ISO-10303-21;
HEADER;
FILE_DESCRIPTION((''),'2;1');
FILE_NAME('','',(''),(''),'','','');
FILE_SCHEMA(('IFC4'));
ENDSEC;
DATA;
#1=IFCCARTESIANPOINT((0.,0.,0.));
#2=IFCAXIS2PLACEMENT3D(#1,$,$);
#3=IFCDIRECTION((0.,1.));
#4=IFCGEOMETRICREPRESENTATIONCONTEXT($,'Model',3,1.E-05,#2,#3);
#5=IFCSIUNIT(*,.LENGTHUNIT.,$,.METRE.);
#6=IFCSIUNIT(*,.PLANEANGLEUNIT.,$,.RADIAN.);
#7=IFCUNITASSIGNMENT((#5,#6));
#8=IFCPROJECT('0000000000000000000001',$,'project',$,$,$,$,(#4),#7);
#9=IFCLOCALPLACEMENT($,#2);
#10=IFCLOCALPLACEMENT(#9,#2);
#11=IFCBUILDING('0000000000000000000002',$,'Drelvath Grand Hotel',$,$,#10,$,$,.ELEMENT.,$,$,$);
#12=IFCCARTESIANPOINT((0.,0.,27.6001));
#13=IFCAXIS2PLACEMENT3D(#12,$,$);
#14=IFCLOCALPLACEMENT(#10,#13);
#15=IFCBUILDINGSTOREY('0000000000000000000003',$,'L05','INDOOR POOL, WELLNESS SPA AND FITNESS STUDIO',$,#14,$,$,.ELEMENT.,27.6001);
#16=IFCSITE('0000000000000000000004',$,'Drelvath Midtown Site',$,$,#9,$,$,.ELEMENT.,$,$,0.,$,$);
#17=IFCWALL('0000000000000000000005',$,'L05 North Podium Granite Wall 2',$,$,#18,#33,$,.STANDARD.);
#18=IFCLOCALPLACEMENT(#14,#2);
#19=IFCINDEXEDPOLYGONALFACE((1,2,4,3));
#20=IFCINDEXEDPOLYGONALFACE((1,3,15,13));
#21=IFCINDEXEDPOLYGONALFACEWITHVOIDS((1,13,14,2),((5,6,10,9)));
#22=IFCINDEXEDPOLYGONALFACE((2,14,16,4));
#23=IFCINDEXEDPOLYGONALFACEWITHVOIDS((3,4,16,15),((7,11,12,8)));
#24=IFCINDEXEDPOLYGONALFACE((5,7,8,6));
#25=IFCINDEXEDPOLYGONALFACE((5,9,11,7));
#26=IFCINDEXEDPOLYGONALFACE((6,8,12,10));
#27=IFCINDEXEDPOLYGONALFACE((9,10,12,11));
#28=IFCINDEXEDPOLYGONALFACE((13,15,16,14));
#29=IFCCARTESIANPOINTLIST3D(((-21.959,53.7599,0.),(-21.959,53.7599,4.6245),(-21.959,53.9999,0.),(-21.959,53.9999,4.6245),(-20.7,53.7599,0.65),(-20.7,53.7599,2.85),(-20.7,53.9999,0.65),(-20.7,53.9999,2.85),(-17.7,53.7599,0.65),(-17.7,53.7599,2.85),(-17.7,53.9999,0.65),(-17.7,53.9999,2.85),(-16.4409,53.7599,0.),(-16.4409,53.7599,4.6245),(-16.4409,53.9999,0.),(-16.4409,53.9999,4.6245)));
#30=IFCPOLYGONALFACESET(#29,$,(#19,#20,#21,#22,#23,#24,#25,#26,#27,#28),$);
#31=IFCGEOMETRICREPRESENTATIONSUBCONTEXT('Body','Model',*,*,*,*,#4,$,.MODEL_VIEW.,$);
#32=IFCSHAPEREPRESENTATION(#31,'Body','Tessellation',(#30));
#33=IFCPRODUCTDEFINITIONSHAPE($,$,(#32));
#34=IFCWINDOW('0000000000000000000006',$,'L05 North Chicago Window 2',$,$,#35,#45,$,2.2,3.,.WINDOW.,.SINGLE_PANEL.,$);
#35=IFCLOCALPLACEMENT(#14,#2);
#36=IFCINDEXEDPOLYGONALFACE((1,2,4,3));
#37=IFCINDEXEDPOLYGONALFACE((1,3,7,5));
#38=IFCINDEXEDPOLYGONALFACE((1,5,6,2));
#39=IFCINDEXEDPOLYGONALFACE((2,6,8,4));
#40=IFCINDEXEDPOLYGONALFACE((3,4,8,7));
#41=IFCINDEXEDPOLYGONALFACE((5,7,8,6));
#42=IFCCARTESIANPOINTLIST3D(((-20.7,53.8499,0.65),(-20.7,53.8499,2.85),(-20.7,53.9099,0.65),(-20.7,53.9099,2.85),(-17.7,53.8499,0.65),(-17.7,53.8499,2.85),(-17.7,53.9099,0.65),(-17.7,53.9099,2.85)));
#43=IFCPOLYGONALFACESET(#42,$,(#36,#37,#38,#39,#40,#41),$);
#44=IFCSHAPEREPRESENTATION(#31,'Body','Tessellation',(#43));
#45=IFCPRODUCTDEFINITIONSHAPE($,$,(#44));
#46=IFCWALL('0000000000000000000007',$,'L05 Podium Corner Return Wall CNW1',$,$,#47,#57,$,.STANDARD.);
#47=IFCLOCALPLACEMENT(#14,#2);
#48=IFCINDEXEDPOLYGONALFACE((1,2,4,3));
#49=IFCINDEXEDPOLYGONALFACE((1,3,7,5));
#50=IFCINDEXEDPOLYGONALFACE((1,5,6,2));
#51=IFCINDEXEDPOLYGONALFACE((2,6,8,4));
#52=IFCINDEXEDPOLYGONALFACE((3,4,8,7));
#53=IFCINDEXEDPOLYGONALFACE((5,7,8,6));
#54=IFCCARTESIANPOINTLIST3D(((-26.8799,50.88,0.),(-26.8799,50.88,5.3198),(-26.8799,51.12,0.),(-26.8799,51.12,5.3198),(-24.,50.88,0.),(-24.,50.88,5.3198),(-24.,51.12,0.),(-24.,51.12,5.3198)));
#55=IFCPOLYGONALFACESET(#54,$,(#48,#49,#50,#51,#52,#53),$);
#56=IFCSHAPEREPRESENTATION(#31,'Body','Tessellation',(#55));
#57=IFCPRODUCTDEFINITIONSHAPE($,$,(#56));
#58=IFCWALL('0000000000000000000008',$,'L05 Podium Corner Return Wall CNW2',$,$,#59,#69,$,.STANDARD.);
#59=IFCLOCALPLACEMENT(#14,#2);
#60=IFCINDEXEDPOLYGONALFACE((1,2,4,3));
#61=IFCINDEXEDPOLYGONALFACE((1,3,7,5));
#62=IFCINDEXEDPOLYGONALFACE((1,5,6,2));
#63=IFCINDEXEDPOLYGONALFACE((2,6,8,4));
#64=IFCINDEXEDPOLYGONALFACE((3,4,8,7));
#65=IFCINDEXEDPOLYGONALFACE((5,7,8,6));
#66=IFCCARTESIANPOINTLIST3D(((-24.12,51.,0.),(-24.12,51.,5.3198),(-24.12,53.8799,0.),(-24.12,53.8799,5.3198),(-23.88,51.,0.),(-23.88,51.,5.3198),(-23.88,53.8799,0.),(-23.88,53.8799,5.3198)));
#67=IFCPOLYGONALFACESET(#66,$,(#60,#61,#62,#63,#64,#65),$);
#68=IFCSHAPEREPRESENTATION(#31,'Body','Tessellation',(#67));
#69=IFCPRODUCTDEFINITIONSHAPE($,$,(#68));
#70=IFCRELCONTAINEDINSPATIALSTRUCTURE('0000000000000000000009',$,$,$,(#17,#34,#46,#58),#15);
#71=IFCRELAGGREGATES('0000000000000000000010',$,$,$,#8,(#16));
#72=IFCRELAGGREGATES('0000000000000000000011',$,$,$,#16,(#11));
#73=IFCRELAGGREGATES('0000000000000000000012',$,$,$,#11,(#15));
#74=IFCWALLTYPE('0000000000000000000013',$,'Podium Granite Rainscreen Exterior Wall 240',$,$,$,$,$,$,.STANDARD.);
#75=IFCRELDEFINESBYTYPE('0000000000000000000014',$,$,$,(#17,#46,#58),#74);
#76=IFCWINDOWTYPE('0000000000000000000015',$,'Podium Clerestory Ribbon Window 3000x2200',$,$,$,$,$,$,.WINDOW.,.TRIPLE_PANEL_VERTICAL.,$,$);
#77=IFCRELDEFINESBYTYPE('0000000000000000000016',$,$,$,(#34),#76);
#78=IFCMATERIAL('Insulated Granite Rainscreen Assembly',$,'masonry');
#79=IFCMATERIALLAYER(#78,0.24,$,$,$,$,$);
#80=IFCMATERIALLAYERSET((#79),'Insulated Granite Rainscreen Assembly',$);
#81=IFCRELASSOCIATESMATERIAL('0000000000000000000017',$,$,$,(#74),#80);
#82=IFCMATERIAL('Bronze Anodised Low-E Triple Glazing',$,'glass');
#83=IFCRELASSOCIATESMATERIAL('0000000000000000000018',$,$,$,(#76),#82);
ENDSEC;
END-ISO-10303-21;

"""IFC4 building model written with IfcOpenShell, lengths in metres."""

from ifc_helpers import new_model, si_unit, direction, frame, frame_2d, origin, place, context, subcontext, project, spatial, rectangle, extrude, material, layer, layer_set, type_object, element, fill, save


model = new_model("IFC4")

# Units and contexts
model_context = context("Model", 3, precision=1e-05, world=origin(), true_north=direction((0.0, 1.0)))
body_context = subcontext(model_context, "Body", "Model", "MODEL_VIEW")
ifc_project = project(units=[si_unit("LENGTHUNIT", "METRE"), si_unit("PLANEANGLEUNIT", "RADIAN")], contexts=[model_context])

# Site, building, storey
site_placement = place(None, origin())
site = spatial("IfcSite", under=ifc_project, at=site_placement, Name="Drelvath Midtown Site", CompositionType="ELEMENT", RefElevation=0.0)
building_placement = place(site_placement, origin())
building = spatial("IfcBuilding", under=site, at=building_placement, Name="Drelvath Grand Hotel", CompositionType="ELEMENT")
storey_placement = place(building_placement, frame((0.0, 0.0, 27.6001)))
storey = spatial("IfcBuildingStorey", under=building, at=storey_placement, Name="L05", Description="INDOOR POOL, WELLNESS SPA AND FITNESS STUDIO", CompositionType="ELEMENT", Elevation=27.6001)

# Shared definitions
ifc_material_1 = material(Name="Insulated Granite Rainscreen Assembly", Category="masonry")
ifc_layer_1 = layer(ifc_material_1, 0.24)
ifc_layer_set_1 = layer_set([ifc_layer_1], Name="Insulated Granite Rainscreen Assembly")
wall_type_1 = type_object("IfcWallType", Name="Podium Granite Rainscreen Exterior Wall 240", PredefinedType="STANDARD", material=ifc_layer_set_1)
ifc_material_2 = material(Name="Bronze Anodised Low-E Triple Glazing", Category="glass")

# Wall, opening, window
wall_1_placement = place(storey_placement, frame((-21.959, 53.8799, 0.0), z_axis=(0.0, 0.0, 1.0), x_axis=(1.0, 0.0, 0.0)))
wall_1 = element("IfcWall", 1, at=wall_1_placement, inside=storey, type_object=wall_type_1, Name="L05 North Podium Granite Wall 2", PredefinedType="STANDARD", context=body_context, shape_type="SweptSolid", body=[
    extrude(rectangle(XDim=5.5181, YDim=0.24, at=frame_2d((2.759, 0.0))), origin(), (0.0, 0.0, 1.0), 4.6245),
])
opening_1_placement = place(wall_1_placement, frame((1.259, 0.0, 0.6499)))
opening_1 = element("IfcOpeningElement", 2, at=opening_1_placement, cuts=wall_1, PredefinedType="OPENING", context=body_context, shape_type="SweptSolid", body=[
    extrude(rectangle(XDim=3.0, YDim=2.2, at=frame_2d((1.5, 1.1001))), frame((0.0, 0.1299, 0.0), z_axis=(0.0, -1.0, 0.0), x_axis=(1.0, 0.0, 0.0)), (0.0, 0.0, 1.0), 0.26),
])
window_type_1 = type_object("IfcWindowType", Name="Podium Clerestory Ribbon Window 3000x2200", PartitioningType="TRIPLE_PANEL_VERTICAL", PredefinedType="WINDOW", material=ifc_material_2)
window_1_placement = place(opening_1_placement, origin())
window_1 = element("IfcWindow", 3, at=window_1_placement, inside=storey, type_object=window_type_1, Name="L05 North Chicago Window 2", OverallHeight=2.2, OverallWidth=3.0, PartitioningType="SINGLE_PANEL", PredefinedType="WINDOW", context=body_context, shape_type="SweptSolid", body=[
    extrude(rectangle(XDim=3.0, YDim=2.2, at=frame_2d((1.5, 1.1001))), frame((0.0, 0.03, 0.0), z_axis=(0.0, -1.0, 0.0), x_axis=(1.0, 0.0, 0.0)), (0.0, 0.0, 1.0), 0.0601),
])
fill(opening_1, window_1)

# Walls
for number, where, z_axis, x_axis, name in (
    (4, (-26.8799, 51.0, 0.0), (0.0, 0.0, 1.0), (1.0, 0.0, 0.0), "L05 Podium Corner Return Wall CNW1"),
    (5, (-24.0, 51.0, 0.0), (0.0, 0.0, 1.0), (0.0, 1.0, 0.0), "L05 Podium Corner Return Wall CNW2"),
):
    element("IfcWall", number, at=place(storey_placement, frame(where, z_axis=z_axis, x_axis=x_axis)), inside=storey, type_object=wall_type_1, Name=name, PredefinedType="STANDARD", context=body_context, shape_type="SweptSolid", body=[
        extrude(rectangle(XDim=2.8799, YDim=0.24, at=frame_2d((1.4399, 0.0))), origin(), (0.0, 0.0, 1.0), 5.3198),
    ])

save(model, "model.ifc")
